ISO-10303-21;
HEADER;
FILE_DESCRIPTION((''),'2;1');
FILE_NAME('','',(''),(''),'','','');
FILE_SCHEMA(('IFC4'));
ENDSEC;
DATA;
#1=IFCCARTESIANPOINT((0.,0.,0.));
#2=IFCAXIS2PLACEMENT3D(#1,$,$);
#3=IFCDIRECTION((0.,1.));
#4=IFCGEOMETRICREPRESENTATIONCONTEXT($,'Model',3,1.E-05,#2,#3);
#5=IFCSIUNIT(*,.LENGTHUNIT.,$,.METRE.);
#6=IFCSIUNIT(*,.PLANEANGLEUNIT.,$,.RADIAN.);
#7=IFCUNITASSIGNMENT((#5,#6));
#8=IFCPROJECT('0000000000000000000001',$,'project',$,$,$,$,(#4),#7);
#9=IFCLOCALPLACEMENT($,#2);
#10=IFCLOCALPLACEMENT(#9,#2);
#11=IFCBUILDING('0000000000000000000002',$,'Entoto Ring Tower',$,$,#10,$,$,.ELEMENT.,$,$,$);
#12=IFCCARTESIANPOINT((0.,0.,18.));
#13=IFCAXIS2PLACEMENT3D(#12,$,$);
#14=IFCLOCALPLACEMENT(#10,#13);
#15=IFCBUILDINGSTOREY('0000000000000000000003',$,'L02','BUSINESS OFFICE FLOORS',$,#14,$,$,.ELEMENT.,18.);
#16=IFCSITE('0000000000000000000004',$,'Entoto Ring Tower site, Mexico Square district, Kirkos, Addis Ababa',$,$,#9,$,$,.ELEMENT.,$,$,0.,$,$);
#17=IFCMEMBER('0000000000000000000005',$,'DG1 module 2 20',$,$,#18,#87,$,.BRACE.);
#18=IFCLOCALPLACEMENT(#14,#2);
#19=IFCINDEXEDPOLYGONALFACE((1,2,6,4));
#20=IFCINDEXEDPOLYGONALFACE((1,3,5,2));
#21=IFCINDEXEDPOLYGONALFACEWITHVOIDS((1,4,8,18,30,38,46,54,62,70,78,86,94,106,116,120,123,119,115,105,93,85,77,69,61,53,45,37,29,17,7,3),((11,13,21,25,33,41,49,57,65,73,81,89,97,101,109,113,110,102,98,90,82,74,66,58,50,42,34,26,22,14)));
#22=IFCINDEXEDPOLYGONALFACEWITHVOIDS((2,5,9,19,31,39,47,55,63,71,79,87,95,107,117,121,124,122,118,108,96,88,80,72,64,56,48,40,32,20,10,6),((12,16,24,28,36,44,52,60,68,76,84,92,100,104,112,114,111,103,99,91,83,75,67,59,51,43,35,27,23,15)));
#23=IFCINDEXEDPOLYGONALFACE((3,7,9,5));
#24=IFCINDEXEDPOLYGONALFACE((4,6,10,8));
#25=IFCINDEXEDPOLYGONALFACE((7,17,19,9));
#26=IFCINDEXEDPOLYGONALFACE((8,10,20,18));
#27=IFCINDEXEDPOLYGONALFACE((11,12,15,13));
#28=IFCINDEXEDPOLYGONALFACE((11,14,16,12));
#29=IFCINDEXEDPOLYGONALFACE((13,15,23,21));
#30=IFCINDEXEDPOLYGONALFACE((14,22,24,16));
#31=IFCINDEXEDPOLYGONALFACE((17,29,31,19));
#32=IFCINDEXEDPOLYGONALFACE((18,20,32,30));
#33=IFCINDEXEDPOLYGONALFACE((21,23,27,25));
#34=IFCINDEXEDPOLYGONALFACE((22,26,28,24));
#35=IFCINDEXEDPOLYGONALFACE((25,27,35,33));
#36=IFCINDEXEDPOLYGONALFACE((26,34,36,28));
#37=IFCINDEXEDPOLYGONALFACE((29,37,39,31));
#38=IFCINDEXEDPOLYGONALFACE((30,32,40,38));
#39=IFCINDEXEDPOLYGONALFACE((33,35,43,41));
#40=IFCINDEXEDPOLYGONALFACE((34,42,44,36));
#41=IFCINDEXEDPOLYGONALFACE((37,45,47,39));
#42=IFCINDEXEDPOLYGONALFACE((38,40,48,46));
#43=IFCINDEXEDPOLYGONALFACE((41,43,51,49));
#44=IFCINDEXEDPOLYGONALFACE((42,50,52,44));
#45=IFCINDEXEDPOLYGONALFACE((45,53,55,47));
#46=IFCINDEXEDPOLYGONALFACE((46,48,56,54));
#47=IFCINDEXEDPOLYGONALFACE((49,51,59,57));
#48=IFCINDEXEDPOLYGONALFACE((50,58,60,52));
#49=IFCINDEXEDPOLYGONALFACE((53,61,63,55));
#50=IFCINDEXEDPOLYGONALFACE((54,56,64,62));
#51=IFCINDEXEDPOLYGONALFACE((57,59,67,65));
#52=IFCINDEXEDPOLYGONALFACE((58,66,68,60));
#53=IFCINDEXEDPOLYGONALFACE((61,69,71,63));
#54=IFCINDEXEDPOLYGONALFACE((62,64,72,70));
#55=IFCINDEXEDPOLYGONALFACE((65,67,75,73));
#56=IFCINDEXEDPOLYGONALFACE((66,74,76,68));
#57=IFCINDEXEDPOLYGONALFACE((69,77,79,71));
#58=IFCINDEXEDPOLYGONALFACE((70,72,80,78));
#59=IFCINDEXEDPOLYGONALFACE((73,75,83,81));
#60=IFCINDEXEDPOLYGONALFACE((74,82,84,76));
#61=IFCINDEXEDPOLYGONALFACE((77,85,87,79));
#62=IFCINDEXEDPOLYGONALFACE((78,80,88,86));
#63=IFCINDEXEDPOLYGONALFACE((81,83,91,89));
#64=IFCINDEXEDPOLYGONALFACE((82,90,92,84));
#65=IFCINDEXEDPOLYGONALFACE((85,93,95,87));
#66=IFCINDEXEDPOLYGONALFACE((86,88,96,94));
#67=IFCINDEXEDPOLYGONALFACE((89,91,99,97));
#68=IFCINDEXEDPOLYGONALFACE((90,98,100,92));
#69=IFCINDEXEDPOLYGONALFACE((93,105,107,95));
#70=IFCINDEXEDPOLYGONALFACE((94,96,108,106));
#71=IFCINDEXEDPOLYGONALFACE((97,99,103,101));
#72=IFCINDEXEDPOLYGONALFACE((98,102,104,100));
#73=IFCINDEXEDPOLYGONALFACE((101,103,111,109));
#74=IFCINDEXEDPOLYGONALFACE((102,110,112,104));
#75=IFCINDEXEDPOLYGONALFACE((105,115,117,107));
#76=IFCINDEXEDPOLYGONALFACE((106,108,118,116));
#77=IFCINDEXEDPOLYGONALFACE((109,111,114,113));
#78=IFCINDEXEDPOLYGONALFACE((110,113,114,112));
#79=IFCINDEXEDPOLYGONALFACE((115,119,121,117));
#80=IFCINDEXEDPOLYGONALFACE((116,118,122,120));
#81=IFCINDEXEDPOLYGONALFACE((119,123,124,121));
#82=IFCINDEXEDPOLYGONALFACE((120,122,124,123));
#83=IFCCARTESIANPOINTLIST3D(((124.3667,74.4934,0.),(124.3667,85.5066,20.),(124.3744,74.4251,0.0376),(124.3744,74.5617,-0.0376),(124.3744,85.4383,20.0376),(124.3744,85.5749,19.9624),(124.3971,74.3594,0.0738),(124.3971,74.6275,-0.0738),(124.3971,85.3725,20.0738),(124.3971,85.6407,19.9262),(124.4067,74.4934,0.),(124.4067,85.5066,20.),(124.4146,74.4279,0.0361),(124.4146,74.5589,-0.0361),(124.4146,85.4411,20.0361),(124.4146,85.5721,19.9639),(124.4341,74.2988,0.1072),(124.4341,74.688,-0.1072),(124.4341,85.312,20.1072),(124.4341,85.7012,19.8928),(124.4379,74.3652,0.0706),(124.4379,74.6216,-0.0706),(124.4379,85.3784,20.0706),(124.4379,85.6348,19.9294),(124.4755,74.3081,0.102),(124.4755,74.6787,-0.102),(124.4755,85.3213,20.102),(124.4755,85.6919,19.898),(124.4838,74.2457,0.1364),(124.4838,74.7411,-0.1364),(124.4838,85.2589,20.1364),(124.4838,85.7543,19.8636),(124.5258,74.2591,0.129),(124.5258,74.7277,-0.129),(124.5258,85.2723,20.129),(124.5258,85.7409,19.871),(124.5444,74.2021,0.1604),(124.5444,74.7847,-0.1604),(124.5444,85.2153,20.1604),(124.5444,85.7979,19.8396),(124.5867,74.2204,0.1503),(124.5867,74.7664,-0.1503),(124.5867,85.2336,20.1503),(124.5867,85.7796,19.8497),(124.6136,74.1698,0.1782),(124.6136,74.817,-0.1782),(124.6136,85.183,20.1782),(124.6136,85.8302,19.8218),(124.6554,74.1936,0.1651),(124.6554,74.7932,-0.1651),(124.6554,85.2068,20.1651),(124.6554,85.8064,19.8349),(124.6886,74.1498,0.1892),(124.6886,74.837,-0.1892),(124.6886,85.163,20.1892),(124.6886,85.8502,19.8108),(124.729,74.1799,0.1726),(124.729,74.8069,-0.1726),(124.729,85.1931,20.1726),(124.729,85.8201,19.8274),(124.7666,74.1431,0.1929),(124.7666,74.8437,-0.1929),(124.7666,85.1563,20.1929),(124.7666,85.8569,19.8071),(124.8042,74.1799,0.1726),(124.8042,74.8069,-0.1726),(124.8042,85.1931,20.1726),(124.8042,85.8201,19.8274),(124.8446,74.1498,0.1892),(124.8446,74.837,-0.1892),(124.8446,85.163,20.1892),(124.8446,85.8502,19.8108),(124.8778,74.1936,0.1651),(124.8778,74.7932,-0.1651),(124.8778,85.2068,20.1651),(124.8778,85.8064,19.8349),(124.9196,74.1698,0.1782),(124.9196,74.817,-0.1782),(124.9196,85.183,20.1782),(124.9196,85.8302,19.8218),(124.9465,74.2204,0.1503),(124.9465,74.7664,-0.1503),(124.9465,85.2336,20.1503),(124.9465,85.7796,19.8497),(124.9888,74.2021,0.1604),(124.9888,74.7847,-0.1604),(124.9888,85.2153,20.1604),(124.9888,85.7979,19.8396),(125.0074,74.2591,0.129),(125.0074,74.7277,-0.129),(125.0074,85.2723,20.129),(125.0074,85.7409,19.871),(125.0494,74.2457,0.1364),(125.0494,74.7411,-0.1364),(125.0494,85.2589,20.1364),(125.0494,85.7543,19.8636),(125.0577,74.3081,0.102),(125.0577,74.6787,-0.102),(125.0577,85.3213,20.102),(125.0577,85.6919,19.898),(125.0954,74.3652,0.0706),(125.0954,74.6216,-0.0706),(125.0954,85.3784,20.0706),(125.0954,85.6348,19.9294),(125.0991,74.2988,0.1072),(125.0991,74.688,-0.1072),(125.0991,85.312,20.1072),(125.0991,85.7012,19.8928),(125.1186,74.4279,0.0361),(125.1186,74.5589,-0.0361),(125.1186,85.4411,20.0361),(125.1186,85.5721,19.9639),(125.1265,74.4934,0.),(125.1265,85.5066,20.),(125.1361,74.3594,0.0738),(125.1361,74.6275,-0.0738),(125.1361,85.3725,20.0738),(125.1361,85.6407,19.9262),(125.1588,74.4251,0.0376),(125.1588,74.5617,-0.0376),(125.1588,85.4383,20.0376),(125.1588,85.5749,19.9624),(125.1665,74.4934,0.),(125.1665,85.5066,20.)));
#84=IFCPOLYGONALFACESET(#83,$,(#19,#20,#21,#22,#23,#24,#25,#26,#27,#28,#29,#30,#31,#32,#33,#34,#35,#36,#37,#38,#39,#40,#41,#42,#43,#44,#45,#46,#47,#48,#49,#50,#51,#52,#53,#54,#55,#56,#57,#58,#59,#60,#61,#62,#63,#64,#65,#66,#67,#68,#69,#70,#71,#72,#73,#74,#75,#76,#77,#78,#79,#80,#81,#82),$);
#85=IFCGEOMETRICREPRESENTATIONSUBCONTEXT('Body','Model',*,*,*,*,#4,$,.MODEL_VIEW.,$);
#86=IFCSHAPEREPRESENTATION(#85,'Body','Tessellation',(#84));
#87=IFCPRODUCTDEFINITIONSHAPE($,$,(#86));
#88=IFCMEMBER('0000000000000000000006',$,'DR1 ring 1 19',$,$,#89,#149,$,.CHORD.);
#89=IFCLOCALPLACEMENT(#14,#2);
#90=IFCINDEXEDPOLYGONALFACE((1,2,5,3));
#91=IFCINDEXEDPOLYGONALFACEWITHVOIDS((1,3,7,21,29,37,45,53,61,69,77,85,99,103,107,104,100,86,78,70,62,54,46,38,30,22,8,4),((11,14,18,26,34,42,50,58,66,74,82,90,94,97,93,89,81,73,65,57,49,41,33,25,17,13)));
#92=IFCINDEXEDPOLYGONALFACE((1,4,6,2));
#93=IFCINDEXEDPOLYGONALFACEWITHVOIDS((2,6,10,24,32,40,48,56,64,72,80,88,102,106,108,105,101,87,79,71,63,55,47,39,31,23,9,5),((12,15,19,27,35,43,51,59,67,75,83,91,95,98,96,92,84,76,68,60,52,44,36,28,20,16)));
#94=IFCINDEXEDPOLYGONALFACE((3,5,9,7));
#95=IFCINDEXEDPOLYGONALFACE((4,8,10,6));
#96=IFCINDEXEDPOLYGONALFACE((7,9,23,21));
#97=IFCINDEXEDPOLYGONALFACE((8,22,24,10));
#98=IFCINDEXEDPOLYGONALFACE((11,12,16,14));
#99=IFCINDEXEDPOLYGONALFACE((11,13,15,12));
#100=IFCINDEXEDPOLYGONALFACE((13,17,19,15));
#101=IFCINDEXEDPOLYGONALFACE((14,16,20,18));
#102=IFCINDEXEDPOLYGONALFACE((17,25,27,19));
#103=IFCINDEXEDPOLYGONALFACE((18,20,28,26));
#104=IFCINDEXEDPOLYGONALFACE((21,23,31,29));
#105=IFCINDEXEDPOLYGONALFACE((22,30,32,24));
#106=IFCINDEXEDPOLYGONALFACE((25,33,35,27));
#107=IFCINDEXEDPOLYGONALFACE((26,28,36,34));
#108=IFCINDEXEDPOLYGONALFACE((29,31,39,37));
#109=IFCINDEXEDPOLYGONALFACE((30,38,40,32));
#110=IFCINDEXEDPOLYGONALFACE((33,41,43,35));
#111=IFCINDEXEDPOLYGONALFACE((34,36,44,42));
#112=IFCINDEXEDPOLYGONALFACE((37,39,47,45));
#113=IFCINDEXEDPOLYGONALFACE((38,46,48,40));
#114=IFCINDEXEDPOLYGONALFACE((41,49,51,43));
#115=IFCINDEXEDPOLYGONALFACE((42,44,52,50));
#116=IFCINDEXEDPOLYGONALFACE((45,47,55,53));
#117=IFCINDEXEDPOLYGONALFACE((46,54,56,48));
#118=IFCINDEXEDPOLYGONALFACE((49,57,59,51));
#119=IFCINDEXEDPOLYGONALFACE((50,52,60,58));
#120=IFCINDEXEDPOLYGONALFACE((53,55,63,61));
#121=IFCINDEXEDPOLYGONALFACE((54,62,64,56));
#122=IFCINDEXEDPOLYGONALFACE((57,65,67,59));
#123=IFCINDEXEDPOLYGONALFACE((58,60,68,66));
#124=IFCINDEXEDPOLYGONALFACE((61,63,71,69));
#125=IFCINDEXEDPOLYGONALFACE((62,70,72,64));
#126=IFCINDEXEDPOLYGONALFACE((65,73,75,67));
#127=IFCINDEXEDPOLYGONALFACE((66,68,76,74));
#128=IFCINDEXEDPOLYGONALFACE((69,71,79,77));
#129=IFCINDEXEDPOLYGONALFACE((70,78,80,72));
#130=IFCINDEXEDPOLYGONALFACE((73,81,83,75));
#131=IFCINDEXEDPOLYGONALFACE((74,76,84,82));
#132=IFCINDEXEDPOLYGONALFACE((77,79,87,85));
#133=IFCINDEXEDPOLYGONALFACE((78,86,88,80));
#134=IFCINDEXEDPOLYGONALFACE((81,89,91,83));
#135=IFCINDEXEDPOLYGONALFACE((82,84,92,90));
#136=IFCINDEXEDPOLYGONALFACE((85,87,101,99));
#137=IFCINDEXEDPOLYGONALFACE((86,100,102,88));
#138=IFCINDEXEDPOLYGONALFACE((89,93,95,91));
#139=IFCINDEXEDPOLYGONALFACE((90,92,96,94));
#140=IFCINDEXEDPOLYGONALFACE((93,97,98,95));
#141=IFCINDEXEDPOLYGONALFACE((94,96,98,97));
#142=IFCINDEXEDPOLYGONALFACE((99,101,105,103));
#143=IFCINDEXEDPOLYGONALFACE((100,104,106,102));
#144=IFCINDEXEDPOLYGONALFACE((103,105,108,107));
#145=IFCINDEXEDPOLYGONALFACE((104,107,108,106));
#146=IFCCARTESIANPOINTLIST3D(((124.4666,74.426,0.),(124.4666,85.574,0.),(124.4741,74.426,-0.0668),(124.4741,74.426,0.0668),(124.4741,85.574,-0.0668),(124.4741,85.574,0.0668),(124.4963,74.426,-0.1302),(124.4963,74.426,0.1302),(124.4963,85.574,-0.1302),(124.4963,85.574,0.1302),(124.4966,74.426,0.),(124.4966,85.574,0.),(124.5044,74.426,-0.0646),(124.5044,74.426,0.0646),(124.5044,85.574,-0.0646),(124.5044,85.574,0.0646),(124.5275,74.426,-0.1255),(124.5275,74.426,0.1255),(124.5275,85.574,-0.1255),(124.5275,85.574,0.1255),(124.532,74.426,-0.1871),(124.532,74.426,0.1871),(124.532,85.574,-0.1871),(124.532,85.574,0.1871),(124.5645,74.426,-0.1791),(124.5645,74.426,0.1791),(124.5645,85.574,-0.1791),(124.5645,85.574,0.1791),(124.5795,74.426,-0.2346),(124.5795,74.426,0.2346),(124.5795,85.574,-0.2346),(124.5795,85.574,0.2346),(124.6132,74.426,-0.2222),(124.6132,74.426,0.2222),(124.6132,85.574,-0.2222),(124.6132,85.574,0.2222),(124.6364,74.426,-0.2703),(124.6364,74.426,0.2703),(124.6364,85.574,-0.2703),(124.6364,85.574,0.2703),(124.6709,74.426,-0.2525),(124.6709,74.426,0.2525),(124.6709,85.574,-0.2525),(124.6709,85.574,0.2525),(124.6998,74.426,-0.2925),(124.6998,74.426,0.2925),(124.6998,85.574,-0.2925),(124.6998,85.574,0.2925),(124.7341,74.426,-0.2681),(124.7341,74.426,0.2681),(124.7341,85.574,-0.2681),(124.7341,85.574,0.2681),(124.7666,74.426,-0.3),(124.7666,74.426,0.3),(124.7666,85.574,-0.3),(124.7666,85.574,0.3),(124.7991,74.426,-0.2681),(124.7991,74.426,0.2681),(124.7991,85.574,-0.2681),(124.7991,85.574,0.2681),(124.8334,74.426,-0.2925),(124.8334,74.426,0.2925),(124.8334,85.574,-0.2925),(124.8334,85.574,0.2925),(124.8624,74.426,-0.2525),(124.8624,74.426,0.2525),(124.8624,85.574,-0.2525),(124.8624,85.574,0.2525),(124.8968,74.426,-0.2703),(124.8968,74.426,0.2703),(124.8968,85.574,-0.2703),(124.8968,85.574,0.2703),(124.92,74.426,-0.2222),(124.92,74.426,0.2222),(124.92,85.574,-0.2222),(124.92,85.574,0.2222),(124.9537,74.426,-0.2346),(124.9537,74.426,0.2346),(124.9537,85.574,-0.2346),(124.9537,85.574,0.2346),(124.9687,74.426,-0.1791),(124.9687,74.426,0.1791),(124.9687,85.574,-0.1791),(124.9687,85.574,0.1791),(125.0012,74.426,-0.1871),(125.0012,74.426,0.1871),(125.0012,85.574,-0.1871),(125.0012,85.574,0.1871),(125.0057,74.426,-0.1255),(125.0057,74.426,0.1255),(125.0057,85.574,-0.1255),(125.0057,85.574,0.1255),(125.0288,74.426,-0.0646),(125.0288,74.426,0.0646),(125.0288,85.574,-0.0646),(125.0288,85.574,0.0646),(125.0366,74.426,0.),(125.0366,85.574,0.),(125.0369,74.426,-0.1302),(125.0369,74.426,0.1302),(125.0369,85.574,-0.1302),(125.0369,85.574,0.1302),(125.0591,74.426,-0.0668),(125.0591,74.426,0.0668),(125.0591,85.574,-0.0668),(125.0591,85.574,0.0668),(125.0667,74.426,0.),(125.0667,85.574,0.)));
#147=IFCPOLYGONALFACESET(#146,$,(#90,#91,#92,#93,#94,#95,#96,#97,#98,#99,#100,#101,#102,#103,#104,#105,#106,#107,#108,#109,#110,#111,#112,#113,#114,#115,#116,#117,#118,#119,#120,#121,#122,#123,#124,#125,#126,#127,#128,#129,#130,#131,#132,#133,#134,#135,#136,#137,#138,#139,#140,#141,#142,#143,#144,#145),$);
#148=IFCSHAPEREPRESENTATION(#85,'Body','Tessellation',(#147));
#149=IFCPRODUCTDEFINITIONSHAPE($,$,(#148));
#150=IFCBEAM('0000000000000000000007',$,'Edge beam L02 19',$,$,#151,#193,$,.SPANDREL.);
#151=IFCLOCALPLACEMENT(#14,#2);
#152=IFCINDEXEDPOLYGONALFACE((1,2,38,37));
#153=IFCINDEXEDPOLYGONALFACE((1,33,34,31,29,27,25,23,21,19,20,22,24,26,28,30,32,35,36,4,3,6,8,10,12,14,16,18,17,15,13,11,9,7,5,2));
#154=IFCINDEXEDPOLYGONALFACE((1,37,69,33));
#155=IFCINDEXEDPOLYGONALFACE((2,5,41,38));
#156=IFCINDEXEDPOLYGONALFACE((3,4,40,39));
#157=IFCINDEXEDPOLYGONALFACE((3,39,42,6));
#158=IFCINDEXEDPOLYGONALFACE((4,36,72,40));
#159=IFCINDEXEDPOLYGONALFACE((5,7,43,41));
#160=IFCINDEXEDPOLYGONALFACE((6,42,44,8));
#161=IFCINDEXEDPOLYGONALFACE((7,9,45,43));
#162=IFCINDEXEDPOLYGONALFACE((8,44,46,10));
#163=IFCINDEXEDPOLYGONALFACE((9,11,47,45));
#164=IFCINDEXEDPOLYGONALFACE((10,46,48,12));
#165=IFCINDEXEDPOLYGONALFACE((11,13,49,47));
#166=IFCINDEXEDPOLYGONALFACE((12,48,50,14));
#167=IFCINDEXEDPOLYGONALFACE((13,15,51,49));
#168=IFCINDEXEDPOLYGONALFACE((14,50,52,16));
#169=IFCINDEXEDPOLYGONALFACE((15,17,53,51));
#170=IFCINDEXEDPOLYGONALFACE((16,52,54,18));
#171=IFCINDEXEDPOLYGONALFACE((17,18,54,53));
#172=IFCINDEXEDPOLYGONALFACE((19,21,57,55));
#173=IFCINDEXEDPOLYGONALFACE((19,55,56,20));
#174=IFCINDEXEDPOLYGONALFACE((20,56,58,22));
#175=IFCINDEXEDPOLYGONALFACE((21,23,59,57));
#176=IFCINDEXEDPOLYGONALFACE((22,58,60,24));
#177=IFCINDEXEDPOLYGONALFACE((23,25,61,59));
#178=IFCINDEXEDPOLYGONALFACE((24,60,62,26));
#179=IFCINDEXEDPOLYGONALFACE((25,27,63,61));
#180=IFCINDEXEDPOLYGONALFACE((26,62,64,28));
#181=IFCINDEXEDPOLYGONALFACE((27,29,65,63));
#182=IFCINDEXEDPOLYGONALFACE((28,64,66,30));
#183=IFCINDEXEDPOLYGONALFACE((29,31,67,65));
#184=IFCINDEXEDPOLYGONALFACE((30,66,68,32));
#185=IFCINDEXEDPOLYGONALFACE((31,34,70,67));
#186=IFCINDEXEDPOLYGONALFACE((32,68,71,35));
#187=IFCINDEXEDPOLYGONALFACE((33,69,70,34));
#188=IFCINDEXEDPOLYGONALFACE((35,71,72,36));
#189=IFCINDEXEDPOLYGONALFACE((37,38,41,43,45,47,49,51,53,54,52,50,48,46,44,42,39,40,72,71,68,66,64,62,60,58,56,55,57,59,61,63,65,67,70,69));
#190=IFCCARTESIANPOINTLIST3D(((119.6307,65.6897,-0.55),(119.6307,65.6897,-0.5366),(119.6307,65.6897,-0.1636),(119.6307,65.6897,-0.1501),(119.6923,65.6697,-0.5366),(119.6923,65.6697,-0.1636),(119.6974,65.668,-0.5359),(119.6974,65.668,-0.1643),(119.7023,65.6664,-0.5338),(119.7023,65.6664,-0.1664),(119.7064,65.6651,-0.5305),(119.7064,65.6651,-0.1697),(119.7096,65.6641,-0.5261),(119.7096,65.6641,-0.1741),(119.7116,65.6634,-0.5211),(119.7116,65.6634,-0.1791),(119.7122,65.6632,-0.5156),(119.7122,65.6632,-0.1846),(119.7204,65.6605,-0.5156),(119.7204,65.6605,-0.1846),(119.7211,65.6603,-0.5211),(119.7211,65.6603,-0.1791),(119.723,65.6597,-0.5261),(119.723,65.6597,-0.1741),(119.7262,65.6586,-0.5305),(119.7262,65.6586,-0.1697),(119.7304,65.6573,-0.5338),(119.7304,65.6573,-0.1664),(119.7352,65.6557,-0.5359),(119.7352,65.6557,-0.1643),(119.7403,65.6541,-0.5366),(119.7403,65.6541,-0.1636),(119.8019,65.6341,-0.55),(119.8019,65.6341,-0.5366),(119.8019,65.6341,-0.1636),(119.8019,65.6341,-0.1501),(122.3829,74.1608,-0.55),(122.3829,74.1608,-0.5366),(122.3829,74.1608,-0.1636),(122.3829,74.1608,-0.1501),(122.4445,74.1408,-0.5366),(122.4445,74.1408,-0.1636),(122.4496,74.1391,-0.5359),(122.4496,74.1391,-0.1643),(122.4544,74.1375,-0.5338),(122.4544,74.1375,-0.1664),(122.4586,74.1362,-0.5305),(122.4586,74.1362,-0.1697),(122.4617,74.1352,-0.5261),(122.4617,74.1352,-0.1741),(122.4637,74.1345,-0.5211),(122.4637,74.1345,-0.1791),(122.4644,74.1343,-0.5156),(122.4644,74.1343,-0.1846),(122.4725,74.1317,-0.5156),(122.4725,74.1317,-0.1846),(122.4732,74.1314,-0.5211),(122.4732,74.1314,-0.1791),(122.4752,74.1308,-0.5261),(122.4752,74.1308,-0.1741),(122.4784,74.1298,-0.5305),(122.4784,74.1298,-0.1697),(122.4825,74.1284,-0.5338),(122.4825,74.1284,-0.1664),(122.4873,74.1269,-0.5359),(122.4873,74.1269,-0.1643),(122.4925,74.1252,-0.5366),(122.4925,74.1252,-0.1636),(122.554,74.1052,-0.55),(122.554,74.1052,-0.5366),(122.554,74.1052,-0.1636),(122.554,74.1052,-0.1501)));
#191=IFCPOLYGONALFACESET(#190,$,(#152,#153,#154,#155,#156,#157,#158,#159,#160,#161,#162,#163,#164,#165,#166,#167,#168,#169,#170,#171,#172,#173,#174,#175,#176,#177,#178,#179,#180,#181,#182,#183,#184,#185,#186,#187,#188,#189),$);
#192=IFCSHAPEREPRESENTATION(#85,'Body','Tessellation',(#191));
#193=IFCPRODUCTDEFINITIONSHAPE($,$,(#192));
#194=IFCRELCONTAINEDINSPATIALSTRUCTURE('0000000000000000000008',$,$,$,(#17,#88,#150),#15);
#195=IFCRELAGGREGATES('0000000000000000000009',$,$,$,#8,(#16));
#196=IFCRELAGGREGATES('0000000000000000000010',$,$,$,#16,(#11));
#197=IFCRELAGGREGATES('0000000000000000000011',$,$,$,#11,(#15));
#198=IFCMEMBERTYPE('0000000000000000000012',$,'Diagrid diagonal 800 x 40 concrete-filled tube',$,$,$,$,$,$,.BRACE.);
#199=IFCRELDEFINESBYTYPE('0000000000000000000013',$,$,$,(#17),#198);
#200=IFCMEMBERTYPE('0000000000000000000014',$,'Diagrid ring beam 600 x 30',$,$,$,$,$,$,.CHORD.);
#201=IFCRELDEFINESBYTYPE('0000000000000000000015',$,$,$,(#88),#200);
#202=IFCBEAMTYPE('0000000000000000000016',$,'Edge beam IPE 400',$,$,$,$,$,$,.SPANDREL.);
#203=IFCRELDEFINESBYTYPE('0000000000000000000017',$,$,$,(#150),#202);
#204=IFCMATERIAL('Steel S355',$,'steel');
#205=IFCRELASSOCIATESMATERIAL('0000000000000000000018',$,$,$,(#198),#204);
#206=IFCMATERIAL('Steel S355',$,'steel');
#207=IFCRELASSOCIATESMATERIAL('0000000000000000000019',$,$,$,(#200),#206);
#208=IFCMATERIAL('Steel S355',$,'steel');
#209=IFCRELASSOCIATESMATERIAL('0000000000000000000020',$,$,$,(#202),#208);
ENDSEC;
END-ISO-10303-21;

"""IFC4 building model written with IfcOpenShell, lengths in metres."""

from ifc_helpers import new_model, si_unit, direction, frame, origin, origin_2d, place, context, subcontext, project, spatial, circle, hollow_circle, i_section, extrude, material, material_profile, profile_set, type_object, element, save


model = new_model("IFC4")

# Units and contexts
model_context = context("Model", 3, precision=1e-05, world=origin(), true_north=direction((0.0, 1.0)))
body_context = subcontext(model_context, "Body", "Model", "MODEL_VIEW")
ifc_project = project(units=[si_unit("LENGTHUNIT", "METRE"), si_unit("PLANEANGLEUNIT", "RADIAN")], contexts=[model_context])

# Site, building, storey
site_placement = place(None, origin())
site = spatial("IfcSite", under=ifc_project, at=site_placement, Name="Entoto Ring Tower site, Mexico Square district, Kirkos, Addis Ababa", CompositionType="ELEMENT", RefElevation=0.0)
building_placement = place(site_placement, origin())
building = spatial("IfcBuilding", under=site, at=building_placement, Name="Entoto Ring Tower", CompositionType="ELEMENT")
storey_placement = place(building_placement, frame((0.0, 0.0, 18.0)))
storey = spatial("IfcBuildingStorey", under=building, at=storey_placement, Name="L02", Description="BUSINESS OFFICE FLOORS", CompositionType="ELEMENT", Elevation=18.0)

# Members
ifc_material_1 = material(Name="Steel S355", Category="steel")
ifc_material_profile_1 = material_profile(ifc_material_1, hollow_circle(Radius=0.3999, WallThickness=0.04, at=origin_2d()), Name="CHS 800 x 40")
ifc_material_2 = material(Name="Concrete C60/75", Category="concrete")
ifc_material_profile_2 = material_profile(ifc_material_2, circle(Radius=0.3601, at=origin_2d()), Name="Concrete C60/75 infill")
ifc_profile_set_1 = profile_set([ifc_material_profile_1, ifc_material_profile_2], Name="Steel S355")
member_type_1 = type_object("IfcMemberType", Name="Diagrid diagonal 800 x 40 concrete-filled tube", PredefinedType="BRACE", material=ifc_profile_set_1)
member_1_placement = place(storey_placement, frame((124.7666, 74.4934, 0.0), z_axis=(0.0, 0.482362, 0.875972), x_axis=(-1.0, 0.0, 0.0)))
element("IfcMember", 1, at=member_1_placement, inside=storey, type_object=member_type_1, Name="DG1 module 2 20", PredefinedType="BRACE", context=body_context, shape_type="SweptSolid", body=[
    extrude(hollow_circle(Radius=0.3999, WallThickness=0.04, at=origin_2d()), origin(), (0.0, 0.0, 1.0), 22.8318),
])
ifc_material_3 = material(Name="Steel S355", Category="steel")
ifc_material_profile_3 = material_profile(ifc_material_3, hollow_circle(Radius=0.3, WallThickness=0.03, at=origin_2d()), Name="CHS 600 x 30")
ifc_material_4 = material(Name="Concrete C60/75", Category="concrete")
ifc_material_profile_4 = material_profile(ifc_material_4, circle(Radius=0.27, at=origin_2d()), Name="Concrete C60/75 infill")
ifc_profile_set_2 = profile_set([ifc_material_profile_3, ifc_material_profile_4], Name="Steel S355")
member_type_2 = type_object("IfcMemberType", Name="Diagrid ring beam 600 x 30", PredefinedType="CHORD", material=ifc_profile_set_2)
member_2_placement = place(storey_placement, frame((124.7666, 74.426, 0.0), z_axis=(0.0, 1.0, 0.0), x_axis=(-1.0, 0.0, 0.0)))
element("IfcMember", 2, at=member_2_placement, inside=storey, type_object=member_type_2, Name="DR1 ring 1 19", PredefinedType="CHORD", context=body_context, shape_type="SweptSolid", body=[
    extrude(hollow_circle(Radius=0.3, WallThickness=0.03, at=origin_2d()), origin(), (0.0, 0.0, 1.0), 11.1479),
])

# Beam
ifc_material_5 = material(Name="Steel S355", Category="steel")
ifc_material_profile_5 = material_profile(ifc_material_5, i_section(OverallWidth=0.1799, OverallDepth=0.3999, WebThickness=0.0085, FlangeThickness=0.0134, FilletRadius=0.021, at=origin_2d()), Name="IPE 400")
ifc_profile_set_3 = profile_set([ifc_material_profile_5], Name="Steel S355")
beam_type_1 = type_object("IfcBeamType", Name="Edge beam IPE 400", PredefinedType="SPANDREL", material=ifc_profile_set_3)
beam_1_placement = place(storey_placement, frame((119.7163, 65.6619, -0.3501), z_axis=(0.308991, 0.951065, 0.0), x_axis=(-0.951065, 0.308991, 0.0)))
element("IfcBeam", 3, at=beam_1_placement, inside=storey, type_object=beam_type_1, Name="Edge beam L02 19", PredefinedType="SPANDREL", context=body_context, shape_type="SweptSolid", body=[
    extrude(i_section(OverallWidth=0.1799, OverallDepth=0.3999, WebThickness=0.0085, FlangeThickness=0.0134, FilletRadius=0.021, at=origin_2d()), origin(), (0.0, 0.0, 1.0), 8.907),
])

save(model, "model.ifc")
